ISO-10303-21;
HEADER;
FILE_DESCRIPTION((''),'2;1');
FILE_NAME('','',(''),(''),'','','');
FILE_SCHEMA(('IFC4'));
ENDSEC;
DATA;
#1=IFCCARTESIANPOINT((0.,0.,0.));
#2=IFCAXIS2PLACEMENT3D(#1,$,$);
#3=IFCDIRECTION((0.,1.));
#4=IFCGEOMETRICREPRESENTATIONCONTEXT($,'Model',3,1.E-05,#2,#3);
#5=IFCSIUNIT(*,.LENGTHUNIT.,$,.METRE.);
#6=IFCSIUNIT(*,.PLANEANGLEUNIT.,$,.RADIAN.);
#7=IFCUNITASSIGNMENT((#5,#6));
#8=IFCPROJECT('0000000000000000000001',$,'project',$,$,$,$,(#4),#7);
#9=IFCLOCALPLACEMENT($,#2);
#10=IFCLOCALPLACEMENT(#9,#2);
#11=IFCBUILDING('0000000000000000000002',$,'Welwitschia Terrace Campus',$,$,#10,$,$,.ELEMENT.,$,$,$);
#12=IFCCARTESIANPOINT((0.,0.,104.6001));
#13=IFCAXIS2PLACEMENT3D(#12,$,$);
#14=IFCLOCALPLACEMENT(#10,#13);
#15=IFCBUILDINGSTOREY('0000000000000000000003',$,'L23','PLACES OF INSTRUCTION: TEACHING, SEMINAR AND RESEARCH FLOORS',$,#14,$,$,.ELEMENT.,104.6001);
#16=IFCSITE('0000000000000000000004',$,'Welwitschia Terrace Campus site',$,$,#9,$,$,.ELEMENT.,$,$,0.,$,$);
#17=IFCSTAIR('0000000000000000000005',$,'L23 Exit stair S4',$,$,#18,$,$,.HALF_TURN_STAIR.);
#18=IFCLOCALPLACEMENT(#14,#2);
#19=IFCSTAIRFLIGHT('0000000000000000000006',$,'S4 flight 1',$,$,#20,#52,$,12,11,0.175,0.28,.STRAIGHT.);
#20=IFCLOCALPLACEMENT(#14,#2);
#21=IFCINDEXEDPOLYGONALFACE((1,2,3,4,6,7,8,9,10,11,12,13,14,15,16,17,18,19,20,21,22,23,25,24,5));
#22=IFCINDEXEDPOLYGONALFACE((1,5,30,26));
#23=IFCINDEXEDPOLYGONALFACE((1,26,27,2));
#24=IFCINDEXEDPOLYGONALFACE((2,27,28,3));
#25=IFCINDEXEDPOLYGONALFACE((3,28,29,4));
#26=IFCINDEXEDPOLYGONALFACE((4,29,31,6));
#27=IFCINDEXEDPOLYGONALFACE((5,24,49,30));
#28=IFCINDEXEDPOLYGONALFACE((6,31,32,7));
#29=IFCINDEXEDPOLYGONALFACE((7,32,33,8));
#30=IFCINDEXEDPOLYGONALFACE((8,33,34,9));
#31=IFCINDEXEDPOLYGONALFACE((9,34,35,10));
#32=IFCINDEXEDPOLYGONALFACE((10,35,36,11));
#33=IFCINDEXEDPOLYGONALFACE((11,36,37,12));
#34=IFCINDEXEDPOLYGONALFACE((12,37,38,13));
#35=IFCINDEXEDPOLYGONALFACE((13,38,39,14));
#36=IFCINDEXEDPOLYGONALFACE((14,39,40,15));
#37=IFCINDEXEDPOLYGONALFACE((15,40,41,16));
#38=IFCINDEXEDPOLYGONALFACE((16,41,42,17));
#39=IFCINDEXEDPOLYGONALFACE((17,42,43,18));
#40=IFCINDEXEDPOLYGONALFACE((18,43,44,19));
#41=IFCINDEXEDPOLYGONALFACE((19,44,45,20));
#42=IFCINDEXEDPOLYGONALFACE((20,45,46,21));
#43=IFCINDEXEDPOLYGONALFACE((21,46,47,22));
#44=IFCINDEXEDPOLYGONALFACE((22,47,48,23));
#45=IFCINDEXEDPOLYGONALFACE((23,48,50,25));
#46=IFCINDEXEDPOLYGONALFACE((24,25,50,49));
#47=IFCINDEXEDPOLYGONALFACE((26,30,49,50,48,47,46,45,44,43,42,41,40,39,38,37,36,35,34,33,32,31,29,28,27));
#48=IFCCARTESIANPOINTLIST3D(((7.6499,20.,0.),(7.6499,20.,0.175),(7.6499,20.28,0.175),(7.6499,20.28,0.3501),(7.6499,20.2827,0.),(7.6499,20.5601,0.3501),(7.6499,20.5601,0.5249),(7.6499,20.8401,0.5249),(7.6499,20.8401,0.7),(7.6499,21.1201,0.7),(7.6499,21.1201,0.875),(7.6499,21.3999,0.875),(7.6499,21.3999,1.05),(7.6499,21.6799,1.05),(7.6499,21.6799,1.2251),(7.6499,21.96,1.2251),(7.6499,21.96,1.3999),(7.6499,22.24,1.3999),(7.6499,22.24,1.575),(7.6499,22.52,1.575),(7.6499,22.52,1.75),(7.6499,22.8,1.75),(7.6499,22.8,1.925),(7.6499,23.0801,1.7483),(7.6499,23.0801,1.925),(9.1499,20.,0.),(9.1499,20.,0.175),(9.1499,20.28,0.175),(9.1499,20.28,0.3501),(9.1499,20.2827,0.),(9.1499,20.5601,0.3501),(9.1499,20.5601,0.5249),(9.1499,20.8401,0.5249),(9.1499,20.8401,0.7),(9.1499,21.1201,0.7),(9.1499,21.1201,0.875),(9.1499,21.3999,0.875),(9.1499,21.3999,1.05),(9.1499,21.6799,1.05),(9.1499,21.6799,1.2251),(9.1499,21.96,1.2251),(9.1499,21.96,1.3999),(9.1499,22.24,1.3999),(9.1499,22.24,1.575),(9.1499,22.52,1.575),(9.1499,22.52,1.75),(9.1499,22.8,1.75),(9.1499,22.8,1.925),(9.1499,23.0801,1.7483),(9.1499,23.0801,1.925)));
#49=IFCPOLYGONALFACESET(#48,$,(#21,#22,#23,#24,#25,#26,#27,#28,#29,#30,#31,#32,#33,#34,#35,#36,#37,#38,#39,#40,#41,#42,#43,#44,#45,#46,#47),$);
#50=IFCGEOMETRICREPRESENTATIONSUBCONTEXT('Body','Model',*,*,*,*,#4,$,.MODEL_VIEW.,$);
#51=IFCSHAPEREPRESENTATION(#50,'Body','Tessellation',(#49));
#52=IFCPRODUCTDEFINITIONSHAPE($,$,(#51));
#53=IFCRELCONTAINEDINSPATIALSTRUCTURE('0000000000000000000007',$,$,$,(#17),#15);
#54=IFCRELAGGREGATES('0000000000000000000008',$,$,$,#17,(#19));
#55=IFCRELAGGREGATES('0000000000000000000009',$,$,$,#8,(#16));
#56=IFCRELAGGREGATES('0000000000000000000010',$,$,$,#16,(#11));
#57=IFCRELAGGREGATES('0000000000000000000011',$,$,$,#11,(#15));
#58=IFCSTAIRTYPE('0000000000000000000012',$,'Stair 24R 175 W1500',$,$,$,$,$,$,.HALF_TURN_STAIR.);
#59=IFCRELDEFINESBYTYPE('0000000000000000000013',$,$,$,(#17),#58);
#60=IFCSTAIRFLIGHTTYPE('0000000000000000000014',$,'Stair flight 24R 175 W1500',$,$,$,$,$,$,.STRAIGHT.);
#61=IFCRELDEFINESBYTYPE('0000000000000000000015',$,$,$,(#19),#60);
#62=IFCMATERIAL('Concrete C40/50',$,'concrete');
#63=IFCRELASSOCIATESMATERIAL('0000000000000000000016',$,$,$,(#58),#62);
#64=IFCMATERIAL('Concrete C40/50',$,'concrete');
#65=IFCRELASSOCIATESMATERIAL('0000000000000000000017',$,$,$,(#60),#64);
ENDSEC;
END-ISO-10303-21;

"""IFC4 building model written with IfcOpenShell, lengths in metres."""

from ifc_helpers import new_model, si_unit, direction, frame, origin, place, context, subcontext, project, spatial, polyline, outline, extrude, material, type_object, element, aggregate, save


model = new_model("IFC4")

# Units and contexts
model_context = context("Model", 3, precision=1e-05, world=origin(), true_north=direction((0.0, 1.0)))
body_context = subcontext(model_context, "Body", "Model", "MODEL_VIEW")
ifc_project = project(units=[si_unit("LENGTHUNIT", "METRE"), si_unit("PLANEANGLEUNIT", "RADIAN")], contexts=[model_context])

# Site, building, storey
site_placement = place(None, origin())
site = spatial("IfcSite", under=ifc_project, at=site_placement, Name="Welwitschia Terrace Campus site", CompositionType="ELEMENT", RefElevation=0.0)
building_placement = place(site_placement, origin())
building = spatial("IfcBuilding", under=site, at=building_placement, Name="Welwitschia Terrace Campus", CompositionType="ELEMENT")
storey_placement = place(building_placement, frame((0.0, 0.0, 104.6001)))
storey = spatial("IfcBuildingStorey", under=building, at=storey_placement, Name="L23", Description="PLACES OF INSTRUCTION: TEACHING, SEMINAR AND RESEARCH FLOORS", CompositionType="ELEMENT", Elevation=104.6001)

# Stair, stair flight
ifc_material_1 = material(Name="Concrete C40/50", Category="concrete")
stair_type = type_object("IfcStairType", Name="Stair 24R 175 W1500", PredefinedType="HALF_TURN_STAIR", material=ifc_material_1)
ifc_material_2 = material(Name="Concrete C40/50", Category="concrete")
stair_flight_type = type_object("IfcStairFlightType", Name="Stair flight 24R 175 W1500", PredefinedType="STRAIGHT", material=ifc_material_2)
stair_1_placement = place(storey_placement, origin())
stair_1 = element("IfcStair", 1, at=stair_1_placement, inside=storey, type_object=stair_type, Name="L23 Exit stair S4", PredefinedType="HALF_TURN_STAIR")
stair_flight_1_placement = place(storey_placement, frame((8.3999, 20.0, 0.0), z_axis=(0.0, 0.0, 1.0), x_axis=(0.0, 1.0, 0.0)))
stair_flight_1 = element("IfcStairFlight", 2, at=stair_flight_1_placement, type_object=stair_flight_type, Name="S4 flight 1", NumberOfRisers=12, NumberOfTreads=11, PredefinedType="STRAIGHT", RiserHeight=0.175, TreadLength=0.28, context=body_context, shape_type="SweptSolid", body=[
    extrude(outline(polyline([(0.0, 0.0), (0.0, 0.175), (0.28, 0.175), (0.28, 0.3501), (0.5601, 0.3501), (0.5601, 0.5249), (0.8401, 0.5249), (0.8401, 0.7), (1.1201, 0.7), (1.1201, 0.875), (1.3999, 0.875), (1.3999, 1.05), (1.6799, 1.05), (1.6799, 1.2251), (1.96, 1.2251), (1.96, 1.3999), (2.24, 1.3999), (2.24, 1.575), (2.52, 1.575), (2.52, 1.75), (2.8, 1.75), (2.8, 1.925), (3.0801, 1.925), (3.0801, 2.1001), (3.0801, 1.7483), (0.2827, 0.0), (0.0, 0.0)])), frame((0.0, 0.75, 0.0), z_axis=(0.0, -1.0, 0.0), x_axis=(1.0, 0.0, 0.0)), (0.0, 0.0, 1.0), 1.5),
])
aggregate(stair_1, [stair_flight_1])

save(model, "model.ifc")
